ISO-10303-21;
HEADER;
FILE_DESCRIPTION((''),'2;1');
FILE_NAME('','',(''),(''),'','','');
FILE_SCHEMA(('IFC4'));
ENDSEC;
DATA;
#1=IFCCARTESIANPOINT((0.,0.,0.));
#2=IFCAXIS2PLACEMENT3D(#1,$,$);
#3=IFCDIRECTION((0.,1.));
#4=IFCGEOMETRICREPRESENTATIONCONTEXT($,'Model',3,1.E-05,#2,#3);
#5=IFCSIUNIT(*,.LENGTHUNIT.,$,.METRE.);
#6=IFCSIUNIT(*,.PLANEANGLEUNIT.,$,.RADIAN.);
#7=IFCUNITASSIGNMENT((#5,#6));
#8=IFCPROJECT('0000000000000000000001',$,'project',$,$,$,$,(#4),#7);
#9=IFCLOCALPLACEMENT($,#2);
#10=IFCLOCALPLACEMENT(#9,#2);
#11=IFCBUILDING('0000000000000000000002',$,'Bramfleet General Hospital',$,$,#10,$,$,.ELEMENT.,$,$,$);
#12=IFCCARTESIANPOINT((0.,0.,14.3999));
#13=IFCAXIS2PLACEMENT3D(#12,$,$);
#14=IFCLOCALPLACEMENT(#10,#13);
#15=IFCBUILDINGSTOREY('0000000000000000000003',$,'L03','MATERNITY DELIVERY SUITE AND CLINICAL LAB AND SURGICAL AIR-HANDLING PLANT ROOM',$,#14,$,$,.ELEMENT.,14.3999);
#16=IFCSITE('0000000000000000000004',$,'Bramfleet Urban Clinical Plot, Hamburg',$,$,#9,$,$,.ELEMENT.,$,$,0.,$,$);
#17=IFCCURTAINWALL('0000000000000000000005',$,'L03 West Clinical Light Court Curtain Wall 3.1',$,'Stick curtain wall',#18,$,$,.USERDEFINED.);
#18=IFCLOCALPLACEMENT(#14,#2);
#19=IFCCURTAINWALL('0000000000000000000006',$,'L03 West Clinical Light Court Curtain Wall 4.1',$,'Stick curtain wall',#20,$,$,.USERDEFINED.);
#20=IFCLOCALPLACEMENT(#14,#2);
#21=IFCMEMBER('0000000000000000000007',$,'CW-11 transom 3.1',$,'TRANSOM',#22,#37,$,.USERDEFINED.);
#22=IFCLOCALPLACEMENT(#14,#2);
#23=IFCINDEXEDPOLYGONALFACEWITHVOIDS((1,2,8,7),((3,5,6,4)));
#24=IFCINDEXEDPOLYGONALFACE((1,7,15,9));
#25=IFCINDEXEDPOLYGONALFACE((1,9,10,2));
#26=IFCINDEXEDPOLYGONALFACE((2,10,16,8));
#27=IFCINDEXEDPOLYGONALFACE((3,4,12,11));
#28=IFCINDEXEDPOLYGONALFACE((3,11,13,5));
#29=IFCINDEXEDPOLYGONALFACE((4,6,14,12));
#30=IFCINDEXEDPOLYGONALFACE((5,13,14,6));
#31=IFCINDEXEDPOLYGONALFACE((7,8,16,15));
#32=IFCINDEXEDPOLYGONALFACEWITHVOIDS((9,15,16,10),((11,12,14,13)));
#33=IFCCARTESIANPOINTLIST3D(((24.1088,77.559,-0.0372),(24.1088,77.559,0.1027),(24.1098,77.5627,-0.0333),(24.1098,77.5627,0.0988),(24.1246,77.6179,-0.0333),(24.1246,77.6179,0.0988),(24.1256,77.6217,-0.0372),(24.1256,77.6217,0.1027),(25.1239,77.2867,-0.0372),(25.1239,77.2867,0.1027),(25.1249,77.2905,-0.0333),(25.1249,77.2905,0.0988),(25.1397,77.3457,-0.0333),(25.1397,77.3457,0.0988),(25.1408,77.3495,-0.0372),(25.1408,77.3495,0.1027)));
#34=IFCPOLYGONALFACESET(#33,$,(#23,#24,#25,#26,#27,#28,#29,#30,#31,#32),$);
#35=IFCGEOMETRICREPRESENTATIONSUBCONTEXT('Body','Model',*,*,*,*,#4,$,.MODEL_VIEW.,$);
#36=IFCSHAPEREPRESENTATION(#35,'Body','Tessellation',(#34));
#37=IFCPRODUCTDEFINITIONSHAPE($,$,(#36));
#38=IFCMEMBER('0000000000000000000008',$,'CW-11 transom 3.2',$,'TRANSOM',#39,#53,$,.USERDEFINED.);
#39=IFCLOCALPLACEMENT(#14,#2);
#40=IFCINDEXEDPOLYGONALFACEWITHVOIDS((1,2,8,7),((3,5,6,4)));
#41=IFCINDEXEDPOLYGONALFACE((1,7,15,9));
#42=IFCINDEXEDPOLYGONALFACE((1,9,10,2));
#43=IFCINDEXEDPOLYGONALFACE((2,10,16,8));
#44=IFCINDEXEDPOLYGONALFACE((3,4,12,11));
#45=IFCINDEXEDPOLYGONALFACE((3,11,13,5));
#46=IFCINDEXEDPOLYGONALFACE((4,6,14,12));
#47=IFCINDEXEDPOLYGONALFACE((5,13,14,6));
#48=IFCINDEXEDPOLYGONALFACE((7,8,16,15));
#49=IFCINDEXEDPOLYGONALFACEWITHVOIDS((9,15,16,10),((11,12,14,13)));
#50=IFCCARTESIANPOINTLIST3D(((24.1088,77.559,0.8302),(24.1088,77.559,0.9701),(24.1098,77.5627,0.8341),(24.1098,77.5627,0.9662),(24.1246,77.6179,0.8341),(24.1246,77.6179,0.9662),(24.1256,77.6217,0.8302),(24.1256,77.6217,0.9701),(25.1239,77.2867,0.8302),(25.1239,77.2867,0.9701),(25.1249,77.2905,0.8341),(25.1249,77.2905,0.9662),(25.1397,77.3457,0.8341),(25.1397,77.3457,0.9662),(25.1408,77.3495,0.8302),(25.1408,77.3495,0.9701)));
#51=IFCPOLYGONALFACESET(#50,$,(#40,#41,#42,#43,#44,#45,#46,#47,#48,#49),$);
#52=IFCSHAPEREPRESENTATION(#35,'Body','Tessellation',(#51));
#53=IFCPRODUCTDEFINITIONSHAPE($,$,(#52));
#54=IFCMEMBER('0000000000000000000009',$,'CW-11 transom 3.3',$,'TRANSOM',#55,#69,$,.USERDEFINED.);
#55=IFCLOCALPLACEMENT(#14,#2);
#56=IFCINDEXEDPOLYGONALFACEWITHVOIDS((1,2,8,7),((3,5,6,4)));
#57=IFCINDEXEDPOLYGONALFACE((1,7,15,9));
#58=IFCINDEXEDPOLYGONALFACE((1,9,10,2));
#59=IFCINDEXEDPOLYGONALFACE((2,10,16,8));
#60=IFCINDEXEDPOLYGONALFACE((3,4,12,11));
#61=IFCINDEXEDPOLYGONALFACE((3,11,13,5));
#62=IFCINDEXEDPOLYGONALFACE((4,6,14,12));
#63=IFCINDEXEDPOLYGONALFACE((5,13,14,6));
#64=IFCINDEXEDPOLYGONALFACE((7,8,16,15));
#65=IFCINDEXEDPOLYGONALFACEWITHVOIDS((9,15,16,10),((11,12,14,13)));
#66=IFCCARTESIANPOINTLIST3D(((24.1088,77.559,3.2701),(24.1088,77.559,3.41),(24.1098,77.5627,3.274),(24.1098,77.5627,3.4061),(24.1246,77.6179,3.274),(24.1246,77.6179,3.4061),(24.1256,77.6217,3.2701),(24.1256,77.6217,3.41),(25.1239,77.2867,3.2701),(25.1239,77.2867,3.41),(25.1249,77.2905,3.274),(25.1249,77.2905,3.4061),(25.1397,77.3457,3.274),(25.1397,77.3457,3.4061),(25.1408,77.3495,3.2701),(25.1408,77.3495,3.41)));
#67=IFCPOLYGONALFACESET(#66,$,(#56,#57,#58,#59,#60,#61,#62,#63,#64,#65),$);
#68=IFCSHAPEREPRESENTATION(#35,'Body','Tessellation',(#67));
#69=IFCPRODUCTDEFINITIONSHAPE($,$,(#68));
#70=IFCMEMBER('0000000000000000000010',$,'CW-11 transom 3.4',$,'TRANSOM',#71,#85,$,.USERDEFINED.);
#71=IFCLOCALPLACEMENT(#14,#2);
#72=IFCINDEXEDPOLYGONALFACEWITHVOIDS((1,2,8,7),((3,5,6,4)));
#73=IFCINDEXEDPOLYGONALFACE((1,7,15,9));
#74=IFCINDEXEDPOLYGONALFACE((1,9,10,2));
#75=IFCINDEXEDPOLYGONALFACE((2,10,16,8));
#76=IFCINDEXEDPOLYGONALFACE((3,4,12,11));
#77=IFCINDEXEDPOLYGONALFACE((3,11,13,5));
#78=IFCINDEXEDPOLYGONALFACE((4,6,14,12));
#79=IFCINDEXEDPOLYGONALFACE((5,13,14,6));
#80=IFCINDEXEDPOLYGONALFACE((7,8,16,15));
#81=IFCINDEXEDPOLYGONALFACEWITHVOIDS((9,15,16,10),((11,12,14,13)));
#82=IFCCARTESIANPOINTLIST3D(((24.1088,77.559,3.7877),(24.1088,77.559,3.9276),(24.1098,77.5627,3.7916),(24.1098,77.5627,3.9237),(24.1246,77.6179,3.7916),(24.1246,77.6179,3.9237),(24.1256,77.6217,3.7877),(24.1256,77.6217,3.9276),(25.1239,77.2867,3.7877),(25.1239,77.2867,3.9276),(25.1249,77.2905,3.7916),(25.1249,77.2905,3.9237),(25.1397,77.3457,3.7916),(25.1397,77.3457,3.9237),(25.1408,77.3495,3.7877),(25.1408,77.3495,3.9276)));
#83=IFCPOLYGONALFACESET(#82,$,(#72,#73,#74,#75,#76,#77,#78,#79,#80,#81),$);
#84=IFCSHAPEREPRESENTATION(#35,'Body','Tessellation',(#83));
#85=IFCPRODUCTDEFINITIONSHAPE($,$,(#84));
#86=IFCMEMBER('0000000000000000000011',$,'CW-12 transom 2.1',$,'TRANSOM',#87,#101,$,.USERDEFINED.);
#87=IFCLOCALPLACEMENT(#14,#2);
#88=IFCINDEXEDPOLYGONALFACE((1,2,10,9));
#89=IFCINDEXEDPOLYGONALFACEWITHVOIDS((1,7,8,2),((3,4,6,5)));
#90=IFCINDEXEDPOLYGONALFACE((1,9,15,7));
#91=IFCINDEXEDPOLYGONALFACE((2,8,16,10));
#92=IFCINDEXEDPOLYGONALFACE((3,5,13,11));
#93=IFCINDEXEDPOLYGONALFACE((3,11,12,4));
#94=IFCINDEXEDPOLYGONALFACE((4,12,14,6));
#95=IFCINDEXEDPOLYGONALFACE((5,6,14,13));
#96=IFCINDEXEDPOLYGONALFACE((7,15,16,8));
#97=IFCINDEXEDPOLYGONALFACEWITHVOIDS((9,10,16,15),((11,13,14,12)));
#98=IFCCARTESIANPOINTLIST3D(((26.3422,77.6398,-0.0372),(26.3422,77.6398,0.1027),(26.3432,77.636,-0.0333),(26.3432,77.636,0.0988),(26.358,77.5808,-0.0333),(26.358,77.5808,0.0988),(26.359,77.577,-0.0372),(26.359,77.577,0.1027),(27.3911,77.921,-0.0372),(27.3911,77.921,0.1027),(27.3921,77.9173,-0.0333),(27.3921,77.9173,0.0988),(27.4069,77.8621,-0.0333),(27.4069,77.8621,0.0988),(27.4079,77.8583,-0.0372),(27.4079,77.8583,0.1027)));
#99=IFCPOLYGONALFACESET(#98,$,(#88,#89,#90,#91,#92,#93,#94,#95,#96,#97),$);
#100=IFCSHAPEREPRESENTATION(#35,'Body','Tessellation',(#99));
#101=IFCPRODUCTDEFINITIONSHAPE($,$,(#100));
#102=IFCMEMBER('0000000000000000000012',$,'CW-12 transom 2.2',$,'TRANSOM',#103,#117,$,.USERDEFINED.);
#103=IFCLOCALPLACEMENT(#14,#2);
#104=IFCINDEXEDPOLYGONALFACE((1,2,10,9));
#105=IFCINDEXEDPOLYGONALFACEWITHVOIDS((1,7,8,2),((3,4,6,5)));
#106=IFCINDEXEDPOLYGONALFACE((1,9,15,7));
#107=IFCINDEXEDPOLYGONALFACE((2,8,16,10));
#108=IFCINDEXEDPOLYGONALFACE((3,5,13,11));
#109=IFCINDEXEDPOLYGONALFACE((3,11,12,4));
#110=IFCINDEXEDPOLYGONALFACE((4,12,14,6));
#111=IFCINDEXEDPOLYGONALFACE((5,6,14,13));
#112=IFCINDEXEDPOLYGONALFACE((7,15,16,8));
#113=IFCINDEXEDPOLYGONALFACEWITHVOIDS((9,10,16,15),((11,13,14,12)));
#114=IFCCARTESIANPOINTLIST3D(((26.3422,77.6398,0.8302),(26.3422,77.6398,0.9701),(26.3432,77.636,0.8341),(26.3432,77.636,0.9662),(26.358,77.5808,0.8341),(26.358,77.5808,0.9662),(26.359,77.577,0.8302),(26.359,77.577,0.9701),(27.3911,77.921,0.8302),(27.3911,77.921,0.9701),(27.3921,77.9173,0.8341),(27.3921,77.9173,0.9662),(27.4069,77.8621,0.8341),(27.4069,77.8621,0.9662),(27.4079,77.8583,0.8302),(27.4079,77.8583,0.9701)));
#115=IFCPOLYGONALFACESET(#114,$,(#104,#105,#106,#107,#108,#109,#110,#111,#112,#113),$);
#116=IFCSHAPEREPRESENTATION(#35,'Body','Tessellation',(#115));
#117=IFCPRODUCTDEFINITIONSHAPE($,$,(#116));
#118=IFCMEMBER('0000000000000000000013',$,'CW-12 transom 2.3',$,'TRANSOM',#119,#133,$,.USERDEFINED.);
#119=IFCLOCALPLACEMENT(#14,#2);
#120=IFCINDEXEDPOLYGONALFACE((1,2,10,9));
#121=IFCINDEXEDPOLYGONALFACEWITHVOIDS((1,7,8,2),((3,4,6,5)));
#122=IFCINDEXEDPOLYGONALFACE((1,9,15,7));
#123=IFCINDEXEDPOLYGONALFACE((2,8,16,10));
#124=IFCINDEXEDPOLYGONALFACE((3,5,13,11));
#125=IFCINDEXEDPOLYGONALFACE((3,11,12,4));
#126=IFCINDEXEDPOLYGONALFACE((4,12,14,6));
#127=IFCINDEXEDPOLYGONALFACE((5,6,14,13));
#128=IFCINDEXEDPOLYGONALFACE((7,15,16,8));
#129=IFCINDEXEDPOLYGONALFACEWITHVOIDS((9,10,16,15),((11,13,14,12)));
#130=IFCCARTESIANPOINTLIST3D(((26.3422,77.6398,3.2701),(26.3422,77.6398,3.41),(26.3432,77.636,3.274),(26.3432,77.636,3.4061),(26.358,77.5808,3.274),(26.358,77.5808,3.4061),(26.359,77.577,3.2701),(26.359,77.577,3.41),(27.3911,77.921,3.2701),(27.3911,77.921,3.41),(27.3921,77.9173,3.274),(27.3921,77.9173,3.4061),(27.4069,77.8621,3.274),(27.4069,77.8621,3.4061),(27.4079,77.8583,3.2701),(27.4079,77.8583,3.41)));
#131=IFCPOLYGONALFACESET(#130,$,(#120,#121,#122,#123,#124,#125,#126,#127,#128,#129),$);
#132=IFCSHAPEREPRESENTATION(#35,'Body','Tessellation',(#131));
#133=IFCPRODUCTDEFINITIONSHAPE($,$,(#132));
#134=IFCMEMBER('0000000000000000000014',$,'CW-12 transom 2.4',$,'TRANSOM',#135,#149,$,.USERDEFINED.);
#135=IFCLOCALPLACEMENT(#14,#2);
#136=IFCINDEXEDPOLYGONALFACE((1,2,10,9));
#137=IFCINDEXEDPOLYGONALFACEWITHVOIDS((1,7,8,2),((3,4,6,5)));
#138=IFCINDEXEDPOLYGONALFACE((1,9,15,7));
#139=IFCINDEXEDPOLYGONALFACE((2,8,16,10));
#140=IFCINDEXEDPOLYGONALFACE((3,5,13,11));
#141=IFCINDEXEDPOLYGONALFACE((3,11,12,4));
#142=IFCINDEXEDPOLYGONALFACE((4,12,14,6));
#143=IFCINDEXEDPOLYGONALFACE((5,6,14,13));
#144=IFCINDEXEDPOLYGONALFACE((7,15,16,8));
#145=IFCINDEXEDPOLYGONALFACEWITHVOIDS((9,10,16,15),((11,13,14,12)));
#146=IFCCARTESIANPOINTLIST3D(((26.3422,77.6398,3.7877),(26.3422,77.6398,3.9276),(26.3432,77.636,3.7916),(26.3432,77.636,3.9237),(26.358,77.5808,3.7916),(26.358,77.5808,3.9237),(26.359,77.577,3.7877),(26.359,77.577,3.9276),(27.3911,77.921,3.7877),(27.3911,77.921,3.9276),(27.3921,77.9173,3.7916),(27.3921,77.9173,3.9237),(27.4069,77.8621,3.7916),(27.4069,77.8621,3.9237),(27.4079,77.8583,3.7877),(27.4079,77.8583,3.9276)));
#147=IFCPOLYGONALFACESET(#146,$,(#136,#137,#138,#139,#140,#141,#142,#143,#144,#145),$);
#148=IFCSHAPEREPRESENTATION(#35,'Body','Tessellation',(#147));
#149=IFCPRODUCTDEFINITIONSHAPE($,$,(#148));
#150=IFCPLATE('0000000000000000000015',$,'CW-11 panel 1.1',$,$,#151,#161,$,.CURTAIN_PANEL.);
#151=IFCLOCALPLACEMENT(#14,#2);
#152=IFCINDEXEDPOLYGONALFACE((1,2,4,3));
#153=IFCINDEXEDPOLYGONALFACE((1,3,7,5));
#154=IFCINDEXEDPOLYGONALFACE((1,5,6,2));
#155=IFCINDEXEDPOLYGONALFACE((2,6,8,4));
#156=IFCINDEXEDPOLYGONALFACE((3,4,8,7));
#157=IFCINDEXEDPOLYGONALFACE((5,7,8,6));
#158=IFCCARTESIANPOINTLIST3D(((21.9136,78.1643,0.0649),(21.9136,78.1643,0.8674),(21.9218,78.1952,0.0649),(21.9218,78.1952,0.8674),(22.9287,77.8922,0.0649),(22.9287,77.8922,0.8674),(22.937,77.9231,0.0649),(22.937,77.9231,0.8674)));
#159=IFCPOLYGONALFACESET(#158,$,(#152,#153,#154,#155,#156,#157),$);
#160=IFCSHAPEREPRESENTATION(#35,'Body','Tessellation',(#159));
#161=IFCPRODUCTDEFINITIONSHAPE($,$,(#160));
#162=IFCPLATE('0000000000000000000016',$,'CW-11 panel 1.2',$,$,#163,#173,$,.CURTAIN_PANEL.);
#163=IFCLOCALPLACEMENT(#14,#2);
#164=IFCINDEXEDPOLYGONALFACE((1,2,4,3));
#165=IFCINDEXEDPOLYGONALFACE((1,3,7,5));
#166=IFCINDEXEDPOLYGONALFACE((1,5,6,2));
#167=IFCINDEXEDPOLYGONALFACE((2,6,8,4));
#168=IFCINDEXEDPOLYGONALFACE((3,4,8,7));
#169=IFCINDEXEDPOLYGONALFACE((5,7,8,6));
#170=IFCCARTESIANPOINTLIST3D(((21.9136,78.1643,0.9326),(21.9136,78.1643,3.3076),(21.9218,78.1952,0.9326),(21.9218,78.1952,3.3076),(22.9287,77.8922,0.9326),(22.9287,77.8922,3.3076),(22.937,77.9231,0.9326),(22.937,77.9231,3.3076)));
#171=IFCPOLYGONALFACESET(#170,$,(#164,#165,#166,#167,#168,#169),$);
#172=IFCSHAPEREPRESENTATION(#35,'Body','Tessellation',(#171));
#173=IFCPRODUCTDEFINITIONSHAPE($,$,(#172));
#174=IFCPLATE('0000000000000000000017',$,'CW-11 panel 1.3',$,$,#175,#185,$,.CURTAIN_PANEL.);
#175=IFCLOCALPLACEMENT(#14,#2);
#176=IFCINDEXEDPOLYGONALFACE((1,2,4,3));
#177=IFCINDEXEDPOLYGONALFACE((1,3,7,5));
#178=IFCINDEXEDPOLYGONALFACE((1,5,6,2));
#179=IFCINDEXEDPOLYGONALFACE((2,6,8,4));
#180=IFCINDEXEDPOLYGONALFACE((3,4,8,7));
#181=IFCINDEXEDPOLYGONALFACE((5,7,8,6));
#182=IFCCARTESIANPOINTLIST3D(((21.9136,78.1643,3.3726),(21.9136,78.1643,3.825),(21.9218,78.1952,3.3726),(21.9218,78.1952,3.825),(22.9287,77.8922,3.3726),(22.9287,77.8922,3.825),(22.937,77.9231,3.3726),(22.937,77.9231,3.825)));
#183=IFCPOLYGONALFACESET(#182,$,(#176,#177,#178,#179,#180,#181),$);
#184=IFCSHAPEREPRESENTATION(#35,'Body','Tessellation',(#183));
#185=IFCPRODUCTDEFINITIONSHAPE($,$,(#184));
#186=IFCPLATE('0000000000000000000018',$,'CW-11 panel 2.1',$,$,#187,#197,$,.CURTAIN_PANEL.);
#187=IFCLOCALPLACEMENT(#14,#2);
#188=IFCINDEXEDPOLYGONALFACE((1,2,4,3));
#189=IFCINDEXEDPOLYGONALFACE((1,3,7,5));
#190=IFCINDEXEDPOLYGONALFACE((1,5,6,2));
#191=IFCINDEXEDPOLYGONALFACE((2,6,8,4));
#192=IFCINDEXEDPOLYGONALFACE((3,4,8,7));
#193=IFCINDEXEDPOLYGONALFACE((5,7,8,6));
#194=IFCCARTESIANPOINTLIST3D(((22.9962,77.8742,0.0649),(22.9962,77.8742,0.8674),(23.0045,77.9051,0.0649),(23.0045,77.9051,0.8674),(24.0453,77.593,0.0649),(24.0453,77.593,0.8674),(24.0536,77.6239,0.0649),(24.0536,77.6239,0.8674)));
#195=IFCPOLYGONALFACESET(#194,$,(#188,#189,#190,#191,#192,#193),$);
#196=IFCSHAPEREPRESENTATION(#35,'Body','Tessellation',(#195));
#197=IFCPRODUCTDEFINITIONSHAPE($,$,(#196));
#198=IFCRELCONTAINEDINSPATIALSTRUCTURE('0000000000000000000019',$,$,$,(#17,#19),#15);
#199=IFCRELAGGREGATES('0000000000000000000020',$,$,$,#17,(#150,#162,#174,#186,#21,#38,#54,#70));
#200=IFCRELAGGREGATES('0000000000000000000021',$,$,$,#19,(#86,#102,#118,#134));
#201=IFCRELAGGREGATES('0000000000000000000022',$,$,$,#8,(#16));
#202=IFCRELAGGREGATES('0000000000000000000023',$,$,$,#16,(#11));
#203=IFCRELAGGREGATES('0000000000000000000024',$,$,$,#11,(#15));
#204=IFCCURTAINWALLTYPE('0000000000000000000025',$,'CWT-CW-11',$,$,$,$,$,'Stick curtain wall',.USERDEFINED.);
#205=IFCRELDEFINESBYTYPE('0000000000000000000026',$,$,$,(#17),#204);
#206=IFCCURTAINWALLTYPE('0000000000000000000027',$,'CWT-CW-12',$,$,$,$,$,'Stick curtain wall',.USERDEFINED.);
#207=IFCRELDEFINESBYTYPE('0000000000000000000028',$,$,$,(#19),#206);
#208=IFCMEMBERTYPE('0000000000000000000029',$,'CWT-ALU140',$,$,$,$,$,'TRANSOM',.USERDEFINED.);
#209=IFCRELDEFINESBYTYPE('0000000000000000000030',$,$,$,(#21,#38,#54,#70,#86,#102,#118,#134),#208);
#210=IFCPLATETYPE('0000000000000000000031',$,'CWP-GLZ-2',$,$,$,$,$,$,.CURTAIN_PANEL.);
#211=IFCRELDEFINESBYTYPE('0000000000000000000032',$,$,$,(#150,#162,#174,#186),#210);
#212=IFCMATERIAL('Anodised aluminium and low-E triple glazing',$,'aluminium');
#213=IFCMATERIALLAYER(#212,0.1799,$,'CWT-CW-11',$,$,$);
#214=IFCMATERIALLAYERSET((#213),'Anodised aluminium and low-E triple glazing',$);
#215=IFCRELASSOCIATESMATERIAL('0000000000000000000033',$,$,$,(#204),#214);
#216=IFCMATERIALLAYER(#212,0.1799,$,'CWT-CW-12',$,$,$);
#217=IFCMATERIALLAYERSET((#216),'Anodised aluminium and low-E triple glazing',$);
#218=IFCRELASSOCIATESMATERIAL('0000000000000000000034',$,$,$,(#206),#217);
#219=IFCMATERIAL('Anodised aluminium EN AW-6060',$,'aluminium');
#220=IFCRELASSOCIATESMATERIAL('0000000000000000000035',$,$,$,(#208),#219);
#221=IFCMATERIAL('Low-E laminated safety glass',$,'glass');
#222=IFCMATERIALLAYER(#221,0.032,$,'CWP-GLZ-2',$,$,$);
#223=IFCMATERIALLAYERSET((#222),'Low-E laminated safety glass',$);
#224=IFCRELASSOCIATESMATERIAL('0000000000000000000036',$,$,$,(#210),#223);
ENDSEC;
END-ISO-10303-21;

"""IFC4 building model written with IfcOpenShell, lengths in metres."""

from ifc_helpers import new_model, si_unit, direction, frame, origin, origin_2d, place, context, subcontext, project, spatial, rectangle, hollow_rectangle, extrude, material, layer, layer_set, material_profile, profile_set, type_object, element, aggregate, save


model = new_model("IFC4")

# Units and contexts
model_context = context("Model", 3, precision=1e-05, world=origin(), true_north=direction((0.0, 1.0)))
body_context = subcontext(model_context, "Body", "Model", "MODEL_VIEW")
ifc_project = project(units=[si_unit("LENGTHUNIT", "METRE"), si_unit("PLANEANGLEUNIT", "RADIAN")], contexts=[model_context])

# Site, building, storey
site_placement = place(None, origin())
site = spatial("IfcSite", under=ifc_project, at=site_placement, Name="Bramfleet Urban Clinical Plot, Hamburg", CompositionType="ELEMENT", RefElevation=0.0)
building_placement = place(site_placement, origin())
building = spatial("IfcBuilding", under=site, at=building_placement, Name="Bramfleet General Hospital", CompositionType="ELEMENT")
storey_placement = place(building_placement, frame((0.0, 0.0, 14.3999)))
storey = spatial("IfcBuildingStorey", under=building, at=storey_placement, Name="L03", Description="MATERNITY DELIVERY SUITE AND CLINICAL LAB AND SURGICAL AIR-HANDLING PLANT ROOM", CompositionType="ELEMENT", Elevation=14.3999)

# Curtain wall
ifc_material_1 = material(Name="Anodised aluminium and low-E triple glazing", Category="aluminium")
ifc_layer_1 = layer(ifc_material_1, 0.1799, Name="CWT-CW-11")
ifc_layer_set_1 = layer_set([ifc_layer_1], Name="Anodised aluminium and low-E triple glazing")
curtain_wall_type_1 = type_object("IfcCurtainWallType", Name="CWT-CW-11", ElementType="Stick curtain wall", PredefinedType="USERDEFINED", material=ifc_layer_set_1)
curtain_wall_1_placement = place(storey_placement, origin())
curtain_wall_1 = element("IfcCurtainWall", 1, at=curtain_wall_1_placement, inside=storey, type_object=curtain_wall_type_1, Name="L03 West Clinical Light Court Curtain Wall 3.1", ObjectType="Stick curtain wall", PredefinedType="USERDEFINED")
ifc_material_2 = material(Name="Anodised aluminium EN AW-6060", Category="aluminium")

# Curtain wall
ifc_layer_2 = layer(ifc_material_1, 0.1799, Name="CWT-CW-12")
ifc_layer_set_2 = layer_set([ifc_layer_2], Name="Anodised aluminium and low-E triple glazing")
curtain_wall_type_2 = type_object("IfcCurtainWallType", Name="CWT-CW-12", ElementType="Stick curtain wall", PredefinedType="USERDEFINED", material=ifc_layer_set_2)
curtain_wall_2_placement = place(storey_placement, origin())
curtain_wall_2 = element("IfcCurtainWall", 2, at=curtain_wall_2_placement, inside=storey, type_object=curtain_wall_type_2, Name="L03 West Clinical Light Court Curtain Wall 4.1", ObjectType="Stick curtain wall", PredefinedType="USERDEFINED")

# Members
ifc_material_profile_1 = material_profile(ifc_material_2, hollow_rectangle(XDim=0.0649, YDim=0.1399, WallThickness=0.0039, at=origin_2d()), Name="ALU 140x65x4.0")
ifc_profile_set_1 = profile_set([ifc_material_profile_1], Name="Anodised aluminium EN AW-6060")
member_type_1 = type_object("IfcMemberType", Name="CWT-ALU140", ElementType="TRANSOM", PredefinedType="USERDEFINED", material=ifc_profile_set_1)
member_1_placement = place(storey_placement, frame((24.1172, 77.5903, 0.0327), z_axis=(0.965875, -0.259007, 0.0), x_axis=(0.259007, 0.965875, 0.0)))
member_1 = element("IfcMember", 3, at=member_1_placement, type_object=member_type_1, Name="CW-11 transom 3.1", ObjectType="TRANSOM", PredefinedType="USERDEFINED", context=body_context, shape_type="SweptSolid", body=[
    extrude(hollow_rectangle(XDim=0.0649, YDim=0.1399, WallThickness=0.0039, at=origin_2d()), origin(), (0.0, 0.0, 1.0), 1.051),
])
member_2_placement = place(storey_placement, frame((24.1172, 77.5903, 0.9001), z_axis=(0.965875, -0.259007, 0.0), x_axis=(0.259007, 0.965875, 0.0)))
member_2 = element("IfcMember", 4, at=member_2_placement, type_object=member_type_1, Name="CW-11 transom 3.2", ObjectType="TRANSOM", PredefinedType="USERDEFINED", context=body_context, shape_type="SweptSolid", body=[
    extrude(hollow_rectangle(XDim=0.0649, YDim=0.1399, WallThickness=0.0039, at=origin_2d()), origin(), (0.0, 0.0, 1.0), 1.051),
])
member_3_placement = place(storey_placement, frame((24.1172, 77.5903, 3.3401), z_axis=(0.965875, -0.259007, 0.0), x_axis=(0.259007, 0.965875, 0.0)))
member_3 = element("IfcMember", 5, at=member_3_placement, type_object=member_type_1, Name="CW-11 transom 3.3", ObjectType="TRANSOM", PredefinedType="USERDEFINED", context=body_context, shape_type="SweptSolid", body=[
    extrude(hollow_rectangle(XDim=0.0649, YDim=0.1399, WallThickness=0.0039, at=origin_2d()), origin(), (0.0, 0.0, 1.0), 1.051),
])
member_4_placement = place(storey_placement, frame((24.1172, 77.5903, 3.8577), z_axis=(0.965875, -0.259007, 0.0), x_axis=(0.259007, 0.965875, 0.0)))
member_4 = element("IfcMember", 6, at=member_4_placement, type_object=member_type_1, Name="CW-11 transom 3.4", ObjectType="TRANSOM", PredefinedType="USERDEFINED", context=body_context, shape_type="SweptSolid", body=[
    extrude(hollow_rectangle(XDim=0.0649, YDim=0.1399, WallThickness=0.0039, at=origin_2d()), origin(), (0.0, 0.0, 1.0), 1.051),
])
member_5_placement = place(storey_placement, frame((26.3506, 77.6084, 0.0327), z_axis=(0.965876, 0.259006, 0.0), x_axis=(-0.259006, 0.965876, 0.0)))
member_5 = element("IfcMember", 7, at=member_5_placement, type_object=member_type_1, Name="CW-12 transom 2.1", ObjectType="TRANSOM", PredefinedType="USERDEFINED", context=body_context, shape_type="SweptSolid", body=[
    extrude(hollow_rectangle(XDim=0.0649, YDim=0.1399, WallThickness=0.0039, at=origin_2d()), origin(), (0.0, 0.0, 1.0), 1.0859),
])
member_6_placement = place(storey_placement, frame((26.3506, 77.6084, 0.9001), z_axis=(0.965876, 0.259006, 0.0), x_axis=(-0.259006, 0.965876, 0.0)))
member_6 = element("IfcMember", 8, at=member_6_placement, type_object=member_type_1, Name="CW-12 transom 2.2", ObjectType="TRANSOM", PredefinedType="USERDEFINED", context=body_context, shape_type="SweptSolid", body=[
    extrude(hollow_rectangle(XDim=0.0649, YDim=0.1399, WallThickness=0.0039, at=origin_2d()), origin(), (0.0, 0.0, 1.0), 1.0859),
])
member_7_placement = place(storey_placement, frame((26.3506, 77.6084, 3.3401), z_axis=(0.965876, 0.259006, 0.0), x_axis=(-0.259006, 0.965876, 0.0)))
member_7 = element("IfcMember", 9, at=member_7_placement, type_object=member_type_1, Name="CW-12 transom 2.3", ObjectType="TRANSOM", PredefinedType="USERDEFINED", context=body_context, shape_type="SweptSolid", body=[
    extrude(hollow_rectangle(XDim=0.0649, YDim=0.1399, WallThickness=0.0039, at=origin_2d()), origin(), (0.0, 0.0, 1.0), 1.0859),
])
member_8_placement = place(storey_placement, frame((26.3506, 77.6084, 3.8577), z_axis=(0.965876, 0.259006, 0.0), x_axis=(-0.259006, 0.965876, 0.0)))
member_8 = element("IfcMember", 10, at=member_8_placement, type_object=member_type_1, Name="CW-12 transom 2.4", ObjectType="TRANSOM", PredefinedType="USERDEFINED", context=body_context, shape_type="SweptSolid", body=[
    extrude(hollow_rectangle(XDim=0.0649, YDim=0.1399, WallThickness=0.0039, at=origin_2d()), origin(), (0.0, 0.0, 1.0), 1.0859),
])

# Plates
ifc_material_3 = material(Name="Low-E laminated safety glass", Category="glass")
ifc_layer_3 = layer(ifc_material_3, 0.032, Name="CWP-GLZ-2")
ifc_layer_set_3 = layer_set([ifc_layer_3], Name="Low-E laminated safety glass")
plate_type = type_object("IfcPlateType", Name="CWP-GLZ-2", PredefinedType="CURTAIN_PANEL", material=ifc_layer_set_3)
plate_1_placement = place(storey_placement, frame((22.4253, 78.0437, 0.0649), z_axis=(0.0, 0.0, 1.0), x_axis=(0.965899, -0.258919, 0.0)))
plate_1 = element("IfcPlate", 11, at=plate_1_placement, type_object=plate_type, Name="CW-11 panel 1.1", PredefinedType="CURTAIN_PANEL", context=body_context, shape_type="SweptSolid", body=[
    extrude(rectangle(XDim=1.051, YDim=0.032, at=origin_2d()), origin(), (0.0, 0.0, 1.0), 0.8025),
])
plate_2_placement = place(storey_placement, frame((22.4253, 78.0437, 0.9326), z_axis=(0.0, 0.0, 1.0), x_axis=(0.965899, -0.258919, 0.0)))
plate_2 = element("IfcPlate", 12, at=plate_2_placement, type_object=plate_type, Name="CW-11 panel 1.2", PredefinedType="CURTAIN_PANEL", context=body_context, shape_type="SweptSolid", body=[
    extrude(rectangle(XDim=1.051, YDim=0.032, at=origin_2d()), origin(), (0.0, 0.0, 1.0), 2.375),
])
plate_3_placement = place(storey_placement, frame((22.4253, 78.0437, 3.3726), z_axis=(0.0, 0.0, 1.0), x_axis=(0.965899, -0.258919, 0.0)))
plate_3 = element("IfcPlate", 13, at=plate_3_placement, type_object=plate_type, Name="CW-11 panel 1.3", PredefinedType="CURTAIN_PANEL", context=body_context, shape_type="SweptSolid", body=[
    extrude(rectangle(XDim=1.051, YDim=0.032, at=origin_2d()), origin(), (0.0, 0.0, 1.0), 0.4524),
])
plate_4_placement = place(storey_placement, frame((23.5249, 77.749, 0.0649), z_axis=(0.0, 0.0, 1.0), x_axis=(0.965899, -0.258919, 0.0)))
plate_4 = element("IfcPlate", 14, at=plate_4_placement, type_object=plate_type, Name="CW-11 panel 2.1", PredefinedType="CURTAIN_PANEL", context=body_context, shape_type="SweptSolid", body=[
    extrude(rectangle(XDim=1.0862, YDim=0.032, at=origin_2d()), origin(), (0.0, 0.0, 1.0), 0.8025),
])
aggregate(curtain_wall_1, [plate_1, plate_2, plate_3, plate_4, member_1, member_2, member_3, member_4])
aggregate(curtain_wall_2, [member_5, member_6, member_7, member_8])

save(model, "model.ifc")
